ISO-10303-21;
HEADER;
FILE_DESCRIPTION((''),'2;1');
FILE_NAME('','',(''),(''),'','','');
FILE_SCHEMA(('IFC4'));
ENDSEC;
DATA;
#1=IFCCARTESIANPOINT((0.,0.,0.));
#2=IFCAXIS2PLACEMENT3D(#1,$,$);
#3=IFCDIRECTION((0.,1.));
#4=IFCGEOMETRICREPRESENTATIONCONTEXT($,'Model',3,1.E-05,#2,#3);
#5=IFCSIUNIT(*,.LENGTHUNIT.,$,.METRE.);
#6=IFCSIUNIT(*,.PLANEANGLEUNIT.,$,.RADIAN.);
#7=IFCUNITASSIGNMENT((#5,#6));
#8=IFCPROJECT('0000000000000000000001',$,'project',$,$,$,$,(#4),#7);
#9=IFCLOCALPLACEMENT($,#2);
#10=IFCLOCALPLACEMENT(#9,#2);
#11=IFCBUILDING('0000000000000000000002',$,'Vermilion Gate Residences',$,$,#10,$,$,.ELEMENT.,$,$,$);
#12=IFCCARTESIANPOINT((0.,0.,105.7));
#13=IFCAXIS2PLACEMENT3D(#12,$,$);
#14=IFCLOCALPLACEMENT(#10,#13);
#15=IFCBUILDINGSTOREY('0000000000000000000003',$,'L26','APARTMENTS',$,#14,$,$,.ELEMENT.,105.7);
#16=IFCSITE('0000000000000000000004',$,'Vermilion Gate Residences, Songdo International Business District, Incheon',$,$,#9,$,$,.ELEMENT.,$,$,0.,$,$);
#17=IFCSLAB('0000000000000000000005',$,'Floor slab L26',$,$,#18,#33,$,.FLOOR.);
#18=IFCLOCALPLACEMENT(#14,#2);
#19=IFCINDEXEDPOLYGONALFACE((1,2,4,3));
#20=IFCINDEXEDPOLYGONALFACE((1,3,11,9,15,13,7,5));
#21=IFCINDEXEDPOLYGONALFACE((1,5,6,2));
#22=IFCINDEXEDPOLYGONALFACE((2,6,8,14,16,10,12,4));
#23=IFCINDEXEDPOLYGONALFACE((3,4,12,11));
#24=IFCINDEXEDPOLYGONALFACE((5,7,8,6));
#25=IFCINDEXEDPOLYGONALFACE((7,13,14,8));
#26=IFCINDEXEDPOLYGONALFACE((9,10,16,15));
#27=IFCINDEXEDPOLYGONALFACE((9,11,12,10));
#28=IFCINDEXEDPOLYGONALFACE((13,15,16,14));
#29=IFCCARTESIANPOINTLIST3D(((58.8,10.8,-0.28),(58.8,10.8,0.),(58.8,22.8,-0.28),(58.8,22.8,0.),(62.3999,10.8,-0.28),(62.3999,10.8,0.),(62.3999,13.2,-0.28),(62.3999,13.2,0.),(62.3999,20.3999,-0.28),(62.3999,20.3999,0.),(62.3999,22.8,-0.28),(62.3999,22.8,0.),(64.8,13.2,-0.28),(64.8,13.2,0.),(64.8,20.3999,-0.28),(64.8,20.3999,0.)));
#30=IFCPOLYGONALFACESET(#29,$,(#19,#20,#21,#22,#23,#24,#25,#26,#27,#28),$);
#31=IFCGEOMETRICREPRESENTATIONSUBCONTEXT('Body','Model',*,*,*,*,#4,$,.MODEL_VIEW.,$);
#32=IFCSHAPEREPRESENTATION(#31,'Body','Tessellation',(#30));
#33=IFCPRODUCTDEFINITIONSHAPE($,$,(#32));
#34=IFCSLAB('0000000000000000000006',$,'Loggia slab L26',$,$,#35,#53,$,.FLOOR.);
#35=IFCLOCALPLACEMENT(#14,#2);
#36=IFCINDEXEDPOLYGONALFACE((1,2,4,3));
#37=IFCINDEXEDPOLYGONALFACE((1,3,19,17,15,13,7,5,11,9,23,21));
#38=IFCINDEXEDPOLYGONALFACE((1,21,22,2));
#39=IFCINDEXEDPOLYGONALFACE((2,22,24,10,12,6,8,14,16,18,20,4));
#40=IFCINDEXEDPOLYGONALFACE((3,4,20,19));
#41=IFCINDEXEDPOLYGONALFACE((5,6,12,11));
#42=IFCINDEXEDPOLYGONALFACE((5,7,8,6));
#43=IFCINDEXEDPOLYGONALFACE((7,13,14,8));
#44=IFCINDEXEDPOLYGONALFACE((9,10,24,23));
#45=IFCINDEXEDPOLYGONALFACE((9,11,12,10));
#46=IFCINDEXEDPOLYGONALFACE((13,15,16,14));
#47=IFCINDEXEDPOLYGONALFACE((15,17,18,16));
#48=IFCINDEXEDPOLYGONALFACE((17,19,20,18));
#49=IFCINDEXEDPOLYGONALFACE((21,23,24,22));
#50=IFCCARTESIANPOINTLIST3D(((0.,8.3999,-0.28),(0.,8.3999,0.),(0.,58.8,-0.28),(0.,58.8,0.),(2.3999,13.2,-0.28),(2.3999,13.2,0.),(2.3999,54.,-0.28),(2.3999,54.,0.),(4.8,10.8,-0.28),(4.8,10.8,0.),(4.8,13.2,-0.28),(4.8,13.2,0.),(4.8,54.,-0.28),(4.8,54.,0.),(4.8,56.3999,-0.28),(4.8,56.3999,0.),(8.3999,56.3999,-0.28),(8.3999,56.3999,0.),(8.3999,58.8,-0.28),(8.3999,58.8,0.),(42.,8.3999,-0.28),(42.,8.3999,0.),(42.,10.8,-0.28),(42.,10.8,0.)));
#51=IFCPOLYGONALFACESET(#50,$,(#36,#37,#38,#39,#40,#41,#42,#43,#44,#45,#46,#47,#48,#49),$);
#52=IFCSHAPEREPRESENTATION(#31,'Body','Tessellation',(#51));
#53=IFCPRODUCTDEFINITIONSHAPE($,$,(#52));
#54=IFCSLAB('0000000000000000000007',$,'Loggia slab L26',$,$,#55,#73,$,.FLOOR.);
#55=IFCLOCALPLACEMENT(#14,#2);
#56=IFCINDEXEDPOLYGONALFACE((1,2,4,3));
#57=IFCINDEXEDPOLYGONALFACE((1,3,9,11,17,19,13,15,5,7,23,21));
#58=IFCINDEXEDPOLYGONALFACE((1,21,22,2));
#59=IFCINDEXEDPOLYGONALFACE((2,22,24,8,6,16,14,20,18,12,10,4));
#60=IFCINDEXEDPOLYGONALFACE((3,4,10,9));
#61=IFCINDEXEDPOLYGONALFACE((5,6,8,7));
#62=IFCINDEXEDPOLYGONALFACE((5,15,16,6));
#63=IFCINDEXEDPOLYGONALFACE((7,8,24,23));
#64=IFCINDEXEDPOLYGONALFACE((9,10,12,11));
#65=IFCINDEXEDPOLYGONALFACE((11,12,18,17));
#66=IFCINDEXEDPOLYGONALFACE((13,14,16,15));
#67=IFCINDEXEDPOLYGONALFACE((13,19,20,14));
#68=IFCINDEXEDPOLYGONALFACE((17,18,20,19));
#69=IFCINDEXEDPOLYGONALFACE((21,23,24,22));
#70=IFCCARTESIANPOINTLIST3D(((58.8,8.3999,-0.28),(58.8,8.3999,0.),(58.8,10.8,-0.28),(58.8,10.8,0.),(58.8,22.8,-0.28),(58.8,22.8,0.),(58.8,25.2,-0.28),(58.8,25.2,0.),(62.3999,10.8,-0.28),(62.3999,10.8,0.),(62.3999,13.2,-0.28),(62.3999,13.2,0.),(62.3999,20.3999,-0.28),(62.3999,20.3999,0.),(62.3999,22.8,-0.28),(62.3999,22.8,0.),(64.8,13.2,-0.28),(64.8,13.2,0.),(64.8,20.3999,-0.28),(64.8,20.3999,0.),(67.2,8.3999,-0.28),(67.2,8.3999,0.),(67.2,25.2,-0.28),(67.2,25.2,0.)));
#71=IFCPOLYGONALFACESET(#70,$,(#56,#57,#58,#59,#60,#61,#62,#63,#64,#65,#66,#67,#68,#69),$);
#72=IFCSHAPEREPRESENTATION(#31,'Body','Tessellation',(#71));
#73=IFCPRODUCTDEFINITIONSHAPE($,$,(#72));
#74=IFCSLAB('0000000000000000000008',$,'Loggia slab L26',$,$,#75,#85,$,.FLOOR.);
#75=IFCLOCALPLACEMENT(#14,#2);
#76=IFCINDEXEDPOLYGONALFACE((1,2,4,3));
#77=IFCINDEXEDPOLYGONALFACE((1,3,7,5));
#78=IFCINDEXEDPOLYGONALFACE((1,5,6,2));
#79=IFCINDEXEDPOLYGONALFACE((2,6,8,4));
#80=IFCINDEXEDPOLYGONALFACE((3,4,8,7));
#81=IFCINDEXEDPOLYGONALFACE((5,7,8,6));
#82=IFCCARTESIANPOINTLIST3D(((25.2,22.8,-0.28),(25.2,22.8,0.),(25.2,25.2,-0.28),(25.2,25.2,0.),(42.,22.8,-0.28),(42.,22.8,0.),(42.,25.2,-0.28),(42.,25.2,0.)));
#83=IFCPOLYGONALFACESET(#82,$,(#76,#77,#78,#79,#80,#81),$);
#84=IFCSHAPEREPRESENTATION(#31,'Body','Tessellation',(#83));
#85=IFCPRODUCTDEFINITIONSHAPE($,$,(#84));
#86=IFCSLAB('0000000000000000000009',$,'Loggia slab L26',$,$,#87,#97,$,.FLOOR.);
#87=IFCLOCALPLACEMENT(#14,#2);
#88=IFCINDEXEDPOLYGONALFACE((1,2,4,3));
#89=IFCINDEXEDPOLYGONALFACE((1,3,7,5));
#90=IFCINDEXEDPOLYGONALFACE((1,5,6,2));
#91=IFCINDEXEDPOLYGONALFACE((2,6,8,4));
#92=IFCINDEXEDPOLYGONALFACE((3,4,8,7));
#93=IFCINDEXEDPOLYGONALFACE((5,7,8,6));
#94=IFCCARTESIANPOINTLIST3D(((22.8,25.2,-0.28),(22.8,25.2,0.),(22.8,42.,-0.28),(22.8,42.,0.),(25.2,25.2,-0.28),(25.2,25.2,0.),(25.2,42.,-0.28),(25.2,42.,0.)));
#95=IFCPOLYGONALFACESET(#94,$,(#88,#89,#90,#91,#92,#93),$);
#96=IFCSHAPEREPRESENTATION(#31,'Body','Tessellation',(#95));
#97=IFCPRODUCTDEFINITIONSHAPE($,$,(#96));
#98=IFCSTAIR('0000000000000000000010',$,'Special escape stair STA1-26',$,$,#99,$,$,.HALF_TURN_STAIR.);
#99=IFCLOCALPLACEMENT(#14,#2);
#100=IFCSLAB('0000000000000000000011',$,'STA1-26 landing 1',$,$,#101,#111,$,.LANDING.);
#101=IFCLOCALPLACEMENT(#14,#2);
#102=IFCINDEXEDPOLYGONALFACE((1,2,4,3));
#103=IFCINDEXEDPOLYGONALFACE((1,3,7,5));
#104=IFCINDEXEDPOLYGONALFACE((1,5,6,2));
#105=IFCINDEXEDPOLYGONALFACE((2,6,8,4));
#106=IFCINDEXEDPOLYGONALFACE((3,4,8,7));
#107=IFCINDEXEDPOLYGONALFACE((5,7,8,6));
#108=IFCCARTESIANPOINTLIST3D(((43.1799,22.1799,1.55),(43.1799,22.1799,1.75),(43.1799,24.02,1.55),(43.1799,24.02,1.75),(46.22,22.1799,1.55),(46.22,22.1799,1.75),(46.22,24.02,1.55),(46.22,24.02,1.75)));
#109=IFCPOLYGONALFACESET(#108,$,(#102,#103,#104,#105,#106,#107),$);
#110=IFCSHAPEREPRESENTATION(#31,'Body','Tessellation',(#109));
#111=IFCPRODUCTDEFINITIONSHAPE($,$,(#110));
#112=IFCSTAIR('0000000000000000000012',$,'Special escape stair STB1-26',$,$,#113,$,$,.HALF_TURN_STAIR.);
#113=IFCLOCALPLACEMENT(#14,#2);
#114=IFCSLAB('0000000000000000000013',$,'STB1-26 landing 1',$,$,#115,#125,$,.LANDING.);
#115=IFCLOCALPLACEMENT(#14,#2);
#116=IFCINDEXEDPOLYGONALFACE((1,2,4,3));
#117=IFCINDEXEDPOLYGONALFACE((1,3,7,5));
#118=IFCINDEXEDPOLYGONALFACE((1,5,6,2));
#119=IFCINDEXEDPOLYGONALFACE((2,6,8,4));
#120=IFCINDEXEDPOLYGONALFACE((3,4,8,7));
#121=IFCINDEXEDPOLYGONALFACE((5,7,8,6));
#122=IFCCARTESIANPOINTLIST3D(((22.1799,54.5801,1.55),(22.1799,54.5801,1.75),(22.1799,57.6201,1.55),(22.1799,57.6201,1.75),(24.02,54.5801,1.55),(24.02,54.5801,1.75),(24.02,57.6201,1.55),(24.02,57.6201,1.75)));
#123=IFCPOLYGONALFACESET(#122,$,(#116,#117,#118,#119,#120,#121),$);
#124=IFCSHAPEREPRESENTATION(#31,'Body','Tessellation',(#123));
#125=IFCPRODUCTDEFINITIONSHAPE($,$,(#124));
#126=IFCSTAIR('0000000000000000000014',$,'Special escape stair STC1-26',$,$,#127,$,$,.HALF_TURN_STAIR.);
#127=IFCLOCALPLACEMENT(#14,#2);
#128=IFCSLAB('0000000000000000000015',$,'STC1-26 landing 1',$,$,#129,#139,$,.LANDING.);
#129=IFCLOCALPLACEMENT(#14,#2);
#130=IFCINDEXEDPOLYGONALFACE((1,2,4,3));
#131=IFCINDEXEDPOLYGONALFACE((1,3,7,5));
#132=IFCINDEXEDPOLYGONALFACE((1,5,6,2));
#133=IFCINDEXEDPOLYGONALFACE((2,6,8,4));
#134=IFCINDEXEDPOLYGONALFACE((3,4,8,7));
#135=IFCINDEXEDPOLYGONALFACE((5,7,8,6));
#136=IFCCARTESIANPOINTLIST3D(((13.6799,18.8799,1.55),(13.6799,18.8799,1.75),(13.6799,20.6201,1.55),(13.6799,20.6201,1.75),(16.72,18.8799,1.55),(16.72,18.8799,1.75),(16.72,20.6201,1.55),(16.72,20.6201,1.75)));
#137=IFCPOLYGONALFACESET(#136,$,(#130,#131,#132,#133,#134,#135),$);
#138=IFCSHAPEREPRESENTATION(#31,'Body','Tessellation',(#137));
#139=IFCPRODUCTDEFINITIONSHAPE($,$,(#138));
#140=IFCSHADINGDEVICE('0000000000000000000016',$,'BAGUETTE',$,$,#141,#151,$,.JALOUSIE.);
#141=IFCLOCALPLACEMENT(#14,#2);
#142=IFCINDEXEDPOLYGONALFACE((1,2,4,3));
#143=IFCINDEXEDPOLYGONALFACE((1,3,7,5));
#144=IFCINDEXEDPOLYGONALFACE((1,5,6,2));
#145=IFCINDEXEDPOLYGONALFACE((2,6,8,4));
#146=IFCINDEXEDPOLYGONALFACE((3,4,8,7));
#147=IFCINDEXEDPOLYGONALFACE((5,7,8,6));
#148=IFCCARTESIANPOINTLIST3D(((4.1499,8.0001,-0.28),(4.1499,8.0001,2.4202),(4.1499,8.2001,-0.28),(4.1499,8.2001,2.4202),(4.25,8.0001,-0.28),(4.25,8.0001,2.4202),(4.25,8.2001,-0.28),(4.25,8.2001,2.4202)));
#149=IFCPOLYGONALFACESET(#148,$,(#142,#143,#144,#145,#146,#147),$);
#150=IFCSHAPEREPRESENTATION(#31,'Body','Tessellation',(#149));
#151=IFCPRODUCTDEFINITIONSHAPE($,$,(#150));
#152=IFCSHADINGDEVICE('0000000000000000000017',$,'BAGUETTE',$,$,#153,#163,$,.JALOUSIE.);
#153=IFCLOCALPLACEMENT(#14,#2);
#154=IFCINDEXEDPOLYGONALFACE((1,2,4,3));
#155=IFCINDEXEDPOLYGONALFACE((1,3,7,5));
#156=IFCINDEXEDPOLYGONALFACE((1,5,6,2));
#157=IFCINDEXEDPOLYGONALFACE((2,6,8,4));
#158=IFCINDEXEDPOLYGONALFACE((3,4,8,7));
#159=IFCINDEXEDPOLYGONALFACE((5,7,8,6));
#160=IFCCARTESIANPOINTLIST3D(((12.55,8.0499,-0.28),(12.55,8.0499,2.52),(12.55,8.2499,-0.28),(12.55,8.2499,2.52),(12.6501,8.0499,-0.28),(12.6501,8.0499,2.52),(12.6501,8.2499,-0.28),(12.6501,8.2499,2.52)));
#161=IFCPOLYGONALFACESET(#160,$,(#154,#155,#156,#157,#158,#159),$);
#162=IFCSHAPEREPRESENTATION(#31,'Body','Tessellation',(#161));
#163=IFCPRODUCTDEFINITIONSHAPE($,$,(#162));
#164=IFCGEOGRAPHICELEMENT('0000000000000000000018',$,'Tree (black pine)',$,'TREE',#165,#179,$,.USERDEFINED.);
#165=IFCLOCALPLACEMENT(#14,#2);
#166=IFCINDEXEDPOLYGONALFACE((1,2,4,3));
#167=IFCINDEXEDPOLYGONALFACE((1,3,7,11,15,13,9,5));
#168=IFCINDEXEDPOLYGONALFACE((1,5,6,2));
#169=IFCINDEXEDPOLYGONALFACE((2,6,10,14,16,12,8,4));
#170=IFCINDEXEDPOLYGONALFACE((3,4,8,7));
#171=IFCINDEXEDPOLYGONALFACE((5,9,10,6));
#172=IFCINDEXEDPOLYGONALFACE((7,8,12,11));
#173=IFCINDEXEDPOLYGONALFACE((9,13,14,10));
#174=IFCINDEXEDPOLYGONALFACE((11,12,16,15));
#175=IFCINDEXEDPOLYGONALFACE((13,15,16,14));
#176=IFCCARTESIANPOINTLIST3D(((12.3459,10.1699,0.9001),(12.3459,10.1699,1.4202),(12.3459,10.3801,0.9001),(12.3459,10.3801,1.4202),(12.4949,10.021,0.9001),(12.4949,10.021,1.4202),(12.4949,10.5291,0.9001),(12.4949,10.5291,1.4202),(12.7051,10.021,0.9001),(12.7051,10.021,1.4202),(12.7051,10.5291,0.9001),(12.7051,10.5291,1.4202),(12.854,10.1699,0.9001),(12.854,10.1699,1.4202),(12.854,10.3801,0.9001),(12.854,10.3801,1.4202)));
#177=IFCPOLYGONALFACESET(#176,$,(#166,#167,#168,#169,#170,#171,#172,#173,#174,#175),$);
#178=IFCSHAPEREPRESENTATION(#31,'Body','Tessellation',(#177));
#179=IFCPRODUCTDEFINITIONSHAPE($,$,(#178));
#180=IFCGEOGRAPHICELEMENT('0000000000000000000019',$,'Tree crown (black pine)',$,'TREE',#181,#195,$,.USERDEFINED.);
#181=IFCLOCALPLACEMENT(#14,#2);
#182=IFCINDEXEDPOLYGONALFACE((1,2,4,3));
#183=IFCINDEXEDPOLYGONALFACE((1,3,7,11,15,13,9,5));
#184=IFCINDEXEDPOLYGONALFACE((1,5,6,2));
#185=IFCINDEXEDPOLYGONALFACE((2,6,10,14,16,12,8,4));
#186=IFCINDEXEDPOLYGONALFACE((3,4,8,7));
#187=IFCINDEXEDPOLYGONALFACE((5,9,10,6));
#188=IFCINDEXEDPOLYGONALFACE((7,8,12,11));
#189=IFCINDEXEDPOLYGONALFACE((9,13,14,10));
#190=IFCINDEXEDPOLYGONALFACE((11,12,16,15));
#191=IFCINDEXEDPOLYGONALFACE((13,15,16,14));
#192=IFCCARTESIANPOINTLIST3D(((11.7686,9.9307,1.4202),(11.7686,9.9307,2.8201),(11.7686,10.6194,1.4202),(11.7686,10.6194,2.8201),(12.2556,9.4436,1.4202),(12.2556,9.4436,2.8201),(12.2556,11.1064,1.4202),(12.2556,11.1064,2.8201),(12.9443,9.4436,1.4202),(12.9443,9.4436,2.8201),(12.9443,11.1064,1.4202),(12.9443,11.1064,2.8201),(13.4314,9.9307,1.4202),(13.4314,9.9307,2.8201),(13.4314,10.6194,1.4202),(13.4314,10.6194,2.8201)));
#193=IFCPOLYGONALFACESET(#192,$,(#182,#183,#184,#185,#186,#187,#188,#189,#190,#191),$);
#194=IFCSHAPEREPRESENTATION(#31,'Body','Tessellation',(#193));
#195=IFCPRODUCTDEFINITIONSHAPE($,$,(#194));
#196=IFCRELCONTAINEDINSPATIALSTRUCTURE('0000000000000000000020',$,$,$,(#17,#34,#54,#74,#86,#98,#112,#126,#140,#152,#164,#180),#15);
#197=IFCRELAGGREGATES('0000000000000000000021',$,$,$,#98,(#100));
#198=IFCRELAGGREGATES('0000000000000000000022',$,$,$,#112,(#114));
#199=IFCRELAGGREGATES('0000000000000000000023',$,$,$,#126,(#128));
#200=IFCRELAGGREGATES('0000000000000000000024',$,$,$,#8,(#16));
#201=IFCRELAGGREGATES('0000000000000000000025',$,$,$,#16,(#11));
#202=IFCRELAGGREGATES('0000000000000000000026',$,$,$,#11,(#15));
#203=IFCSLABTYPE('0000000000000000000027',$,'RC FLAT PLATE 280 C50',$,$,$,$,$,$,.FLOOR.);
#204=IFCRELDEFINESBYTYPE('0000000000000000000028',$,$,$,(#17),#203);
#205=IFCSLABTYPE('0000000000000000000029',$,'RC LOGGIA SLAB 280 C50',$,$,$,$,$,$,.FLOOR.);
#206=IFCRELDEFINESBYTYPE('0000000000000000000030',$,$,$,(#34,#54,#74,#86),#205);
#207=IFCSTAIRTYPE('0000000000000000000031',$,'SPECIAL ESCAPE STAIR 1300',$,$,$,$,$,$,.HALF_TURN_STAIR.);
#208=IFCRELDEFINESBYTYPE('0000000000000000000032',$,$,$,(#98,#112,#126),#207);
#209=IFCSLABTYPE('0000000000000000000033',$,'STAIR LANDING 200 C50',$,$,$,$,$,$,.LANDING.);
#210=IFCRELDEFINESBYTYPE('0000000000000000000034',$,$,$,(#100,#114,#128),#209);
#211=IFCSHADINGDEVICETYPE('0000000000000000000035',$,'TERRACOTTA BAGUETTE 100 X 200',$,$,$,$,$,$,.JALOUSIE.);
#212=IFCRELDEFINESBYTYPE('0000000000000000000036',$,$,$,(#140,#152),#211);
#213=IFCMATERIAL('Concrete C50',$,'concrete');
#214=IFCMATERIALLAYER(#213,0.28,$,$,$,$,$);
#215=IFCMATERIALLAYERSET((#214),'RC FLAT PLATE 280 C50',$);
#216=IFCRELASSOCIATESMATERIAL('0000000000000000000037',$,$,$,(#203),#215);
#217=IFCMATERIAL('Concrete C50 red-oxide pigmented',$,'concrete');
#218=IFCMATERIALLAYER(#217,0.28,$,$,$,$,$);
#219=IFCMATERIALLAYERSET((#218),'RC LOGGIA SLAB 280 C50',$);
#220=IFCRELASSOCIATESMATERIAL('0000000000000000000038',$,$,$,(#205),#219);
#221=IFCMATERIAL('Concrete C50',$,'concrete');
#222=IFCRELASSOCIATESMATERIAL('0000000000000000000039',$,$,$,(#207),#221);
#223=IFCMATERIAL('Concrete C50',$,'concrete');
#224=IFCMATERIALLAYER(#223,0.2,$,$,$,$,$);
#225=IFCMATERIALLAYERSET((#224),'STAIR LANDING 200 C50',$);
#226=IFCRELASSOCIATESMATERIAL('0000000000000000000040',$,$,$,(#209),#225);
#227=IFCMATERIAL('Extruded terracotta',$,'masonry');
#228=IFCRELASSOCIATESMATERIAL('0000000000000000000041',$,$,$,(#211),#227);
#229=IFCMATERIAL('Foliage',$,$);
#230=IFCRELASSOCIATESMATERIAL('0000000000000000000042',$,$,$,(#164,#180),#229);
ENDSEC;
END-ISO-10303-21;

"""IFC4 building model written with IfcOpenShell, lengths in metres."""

from ifc_helpers import new_model, si_unit, direction, frame, origin, origin_2d, place, context, subcontext, project, spatial, polyline, rectangle, outline, extrude, material, layer, layer_set, material_profile, profile_set, type_object, element, aggregate, save


model = new_model("IFC4")

# Units and contexts
model_context = context("Model", 3, precision=1e-05, world=origin(), true_north=direction((0.0, 1.0)))
body_context = subcontext(model_context, "Body", "Model", "MODEL_VIEW")
ifc_project = project(units=[si_unit("LENGTHUNIT", "METRE"), si_unit("PLANEANGLEUNIT", "RADIAN")], contexts=[model_context])

# Site, building, storey
site_placement = place(None, origin())
site = spatial("IfcSite", under=ifc_project, at=site_placement, Name="Vermilion Gate Residences, Songdo International Business District, Incheon", CompositionType="ELEMENT", RefElevation=0.0)
building_placement = place(site_placement, origin())
building = spatial("IfcBuilding", under=site, at=building_placement, Name="Vermilion Gate Residences", CompositionType="ELEMENT")
storey_placement = place(building_placement, frame((0.0, 0.0, 105.7)))
storey = spatial("IfcBuildingStorey", under=building, at=storey_placement, Name="L26", Description="APARTMENTS", CompositionType="ELEMENT", Elevation=105.7)

# Slabs
ifc_material_1 = material(Name="Concrete C50", Category="concrete")
ifc_layer_1 = layer(ifc_material_1, 0.28)
ifc_layer_set_1 = layer_set([ifc_layer_1], Name="RC FLAT PLATE 280 C50")
slab_type_1 = type_object("IfcSlabType", Name="RC FLAT PLATE 280 C50", PredefinedType="FLOOR", material=ifc_layer_set_1)
slab_1_placement = place(storey_placement, frame((0.0, 0.0, -0.28)))
element("IfcSlab", 1, at=slab_1_placement, inside=storey, type_object=slab_type_1, Name="Floor slab L26", PredefinedType="FLOOR", context=body_context, shape_type="SweptSolid", body=[
    extrude(outline(polyline([(58.8, 22.8), (58.8, 10.8), (62.3999, 10.8), (62.3999, 13.2), (64.8, 13.2), (64.8, 20.3999), (62.3999, 20.3999), (62.3999, 22.8), (58.8, 22.8)])), origin(), (0.0, 0.0, 1.0), 0.28),
])
ifc_material_2 = material(Name="Concrete C50 red-oxide pigmented", Category="concrete")
ifc_layer_2 = layer(ifc_material_2, 0.28)
ifc_layer_set_2 = layer_set([ifc_layer_2], Name="RC LOGGIA SLAB 280 C50")
slab_type_2 = type_object("IfcSlabType", Name="RC LOGGIA SLAB 280 C50", PredefinedType="FLOOR", material=ifc_layer_set_2)
slab_2_placement = place(storey_placement, frame((0.0, 0.0, -0.28)))
element("IfcSlab", 2, at=slab_2_placement, inside=storey, type_object=slab_type_2, Name="Loggia slab L26", PredefinedType="FLOOR", context=body_context, shape_type="SweptSolid", body=[
    extrude(outline(polyline([(0.0, 58.8), (0.0, 8.3999), (42.0, 8.3999), (42.0, 10.8), (4.8, 10.8), (4.8, 13.2), (2.3999, 13.2), (2.3999, 54.0), (4.8, 54.0), (4.8, 56.3999), (8.3999, 56.3999), (8.3999, 58.8), (0.0, 58.8)])), origin(), (0.0, 0.0, 1.0), 0.28),
])
slab_3_placement = place(storey_placement, frame((0.0, 0.0, -0.28)))
element("IfcSlab", 3, at=slab_3_placement, inside=storey, type_object=slab_type_2, Name="Loggia slab L26", PredefinedType="FLOOR", context=body_context, shape_type="SweptSolid", body=[
    extrude(outline(polyline([(64.8, 20.3999), (64.8, 13.2), (62.3999, 13.2), (62.3999, 10.8), (58.8, 10.8), (58.8, 8.3999), (67.2, 8.3999), (67.2, 25.2), (58.8, 25.2), (58.8, 22.8), (62.3999, 22.8), (62.3999, 20.3999), (64.8, 20.3999)])), origin(), (0.0, 0.0, 1.0), 0.28),
])
slab_4_placement = place(storey_placement, frame((0.0, 0.0, -0.28)))
element("IfcSlab", 4, at=slab_4_placement, inside=storey, type_object=slab_type_2, Name="Loggia slab L26", PredefinedType="FLOOR", context=body_context, shape_type="SweptSolid", body=[
    extrude(outline(polyline([(25.2, 22.8), (42.0, 22.8), (42.0, 25.2), (25.2, 25.2), (25.2, 22.8)])), origin(), (0.0, 0.0, 1.0), 0.28),
])
slab_5_placement = place(storey_placement, frame((0.0, 0.0, -0.28)))
element("IfcSlab", 5, at=slab_5_placement, inside=storey, type_object=slab_type_2, Name="Loggia slab L26", PredefinedType="FLOOR", context=body_context, shape_type="SweptSolid", body=[
    extrude(outline(polyline([(25.2, 25.2), (25.2, 42.0), (22.8, 42.0), (22.8, 25.2), (25.2, 25.2)])), origin(), (0.0, 0.0, 1.0), 0.28),
])

# Stairs, slabs
ifc_material_3 = material(Name="Concrete C50", Category="concrete")
stair_type = type_object("IfcStairType", Name="SPECIAL ESCAPE STAIR 1300", PredefinedType="HALF_TURN_STAIR", material=ifc_material_3)
stair_1_placement = place(storey_placement, origin())
stair_1 = element("IfcStair", 6, at=stair_1_placement, inside=storey, type_object=stair_type, Name="Special escape stair STA1-26", PredefinedType="HALF_TURN_STAIR")
ifc_material_4 = material(Name="Concrete C50", Category="concrete")
ifc_layer_3 = layer(ifc_material_4, 0.2)
ifc_layer_set_3 = layer_set([ifc_layer_3], Name="STAIR LANDING 200 C50")
slab_type_3 = type_object("IfcSlabType", Name="STAIR LANDING 200 C50", PredefinedType="LANDING", material=ifc_layer_set_3)
slab_6_placement = place(storey_placement, frame((0.0, 0.0, 1.55)))
slab_6 = element("IfcSlab", 7, at=slab_6_placement, type_object=slab_type_3, Name="STA1-26 landing 1", PredefinedType="LANDING", context=body_context, shape_type="SweptSolid", body=[
    extrude(outline(polyline([(46.22, 22.1799), (46.22, 24.02), (43.1799, 24.02), (43.1799, 22.1799), (46.22, 22.1799)])), origin(), (0.0, 0.0, 1.0), 0.2),
])
aggregate(stair_1, [slab_6])
stair_2_placement = place(storey_placement, origin())
stair_2 = element("IfcStair", 8, at=stair_2_placement, inside=storey, type_object=stair_type, Name="Special escape stair STB1-26", PredefinedType="HALF_TURN_STAIR")
slab_7_placement = place(storey_placement, frame((0.0, 0.0, 1.55)))
slab_7 = element("IfcSlab", 9, at=slab_7_placement, type_object=slab_type_3, Name="STB1-26 landing 1", PredefinedType="LANDING", context=body_context, shape_type="SweptSolid", body=[
    extrude(outline(polyline([(24.02, 54.5801), (24.02, 57.6201), (22.1799, 57.6201), (22.1799, 54.5801), (24.02, 54.5801)])), origin(), (0.0, 0.0, 1.0), 0.2),
])
aggregate(stair_2, [slab_7])
stair_3_placement = place(storey_placement, origin())
stair_3 = element("IfcStair", 10, at=stair_3_placement, inside=storey, type_object=stair_type, Name="Special escape stair STC1-26", PredefinedType="HALF_TURN_STAIR")
slab_8_placement = place(storey_placement, frame((0.0, 0.0, 1.55)))
slab_8 = element("IfcSlab", 11, at=slab_8_placement, type_object=slab_type_3, Name="STC1-26 landing 1", PredefinedType="LANDING", context=body_context, shape_type="SweptSolid", body=[
    extrude(outline(polyline([(16.72, 18.8799), (16.72, 20.6201), (13.6799, 20.6201), (13.6799, 18.8799), (16.72, 18.8799)])), origin(), (0.0, 0.0, 1.0), 0.2),
])
aggregate(stair_3, [slab_8])

# Shading devices
ifc_material_5 = material(Name="Extruded terracotta", Category="masonry")
ifc_material_profile_1 = material_profile(ifc_material_5, rectangle(XDim=0.2, YDim=0.1001, at=origin_2d()), Name="BAGUETTE 100 X 200")
ifc_profile_set_1 = profile_set([ifc_material_profile_1], Name="Extruded terracotta")
shading_device_type = type_object("IfcShadingDeviceType", Name="TERRACOTTA BAGUETTE 100 X 200", PredefinedType="JALOUSIE", material=ifc_profile_set_1)
shading_device_1_placement = place(storey_placement, frame((4.2, 8.1001, -0.28), z_axis=(0.0, 0.0, 1.0), x_axis=(0.0, 1.0, 0.0)))
element("IfcShadingDevice", 12, at=shading_device_1_placement, inside=storey, type_object=shading_device_type, Name="BAGUETTE", PredefinedType="JALOUSIE", context=body_context, shape_type="SweptSolid", body=[
    extrude(rectangle(XDim=0.2, YDim=0.1001, at=origin_2d()), origin(), (0.0, 0.0, 1.0), 2.7002),
])
shading_device_2_placement = place(storey_placement, frame((12.6001, 8.1499, -0.28), z_axis=(0.0, 0.0, 1.0), x_axis=(0.0, 1.0, 0.0)))
element("IfcShadingDevice", 13, at=shading_device_2_placement, inside=storey, type_object=shading_device_type, Name="BAGUETTE", PredefinedType="JALOUSIE", context=body_context, shape_type="SweptSolid", body=[
    extrude(rectangle(XDim=0.2, YDim=0.1001, at=origin_2d()), origin(), (0.0, 0.0, 1.0), 2.8),
])

# Geographic elements
ifc_material_6 = material(Name="Foliage")
geographic_element_1_placement = place(storey_placement, frame((0.0, 0.0, 0.9001)))
element("IfcGeographicElement", 14, at=geographic_element_1_placement, inside=storey, material=ifc_material_6, Name="Tree (black pine)", ObjectType="TREE", PredefinedType="USERDEFINED", context=body_context, shape_type="SweptSolid", body=[
    extrude(outline(polyline([(12.854, 10.3801), (12.7051, 10.5291), (12.4949, 10.5291), (12.3459, 10.3801), (12.3459, 10.1699), (12.4949, 10.021), (12.7051, 10.021), (12.854, 10.1699), (12.854, 10.3801)])), origin(), (0.0, 0.0, 1.0), 0.52),
])
geographic_element_2_placement = place(storey_placement, frame((0.0, 0.0, 1.4202)))
element("IfcGeographicElement", 15, at=geographic_element_2_placement, inside=storey, material=ifc_material_6, Name="Tree crown (black pine)", ObjectType="TREE", PredefinedType="USERDEFINED", context=body_context, shape_type="SweptSolid", body=[
    extrude(outline(polyline([(13.4314, 10.6194), (12.9443, 11.1064), (12.2556, 11.1064), (11.7686, 10.6194), (11.7686, 9.9307), (12.2556, 9.4436), (12.9443, 9.4436), (13.4314, 9.9307), (13.4314, 10.6194)])), origin(), (0.0, 0.0, 1.0), 1.3999),
])

save(model, "model.ifc")
